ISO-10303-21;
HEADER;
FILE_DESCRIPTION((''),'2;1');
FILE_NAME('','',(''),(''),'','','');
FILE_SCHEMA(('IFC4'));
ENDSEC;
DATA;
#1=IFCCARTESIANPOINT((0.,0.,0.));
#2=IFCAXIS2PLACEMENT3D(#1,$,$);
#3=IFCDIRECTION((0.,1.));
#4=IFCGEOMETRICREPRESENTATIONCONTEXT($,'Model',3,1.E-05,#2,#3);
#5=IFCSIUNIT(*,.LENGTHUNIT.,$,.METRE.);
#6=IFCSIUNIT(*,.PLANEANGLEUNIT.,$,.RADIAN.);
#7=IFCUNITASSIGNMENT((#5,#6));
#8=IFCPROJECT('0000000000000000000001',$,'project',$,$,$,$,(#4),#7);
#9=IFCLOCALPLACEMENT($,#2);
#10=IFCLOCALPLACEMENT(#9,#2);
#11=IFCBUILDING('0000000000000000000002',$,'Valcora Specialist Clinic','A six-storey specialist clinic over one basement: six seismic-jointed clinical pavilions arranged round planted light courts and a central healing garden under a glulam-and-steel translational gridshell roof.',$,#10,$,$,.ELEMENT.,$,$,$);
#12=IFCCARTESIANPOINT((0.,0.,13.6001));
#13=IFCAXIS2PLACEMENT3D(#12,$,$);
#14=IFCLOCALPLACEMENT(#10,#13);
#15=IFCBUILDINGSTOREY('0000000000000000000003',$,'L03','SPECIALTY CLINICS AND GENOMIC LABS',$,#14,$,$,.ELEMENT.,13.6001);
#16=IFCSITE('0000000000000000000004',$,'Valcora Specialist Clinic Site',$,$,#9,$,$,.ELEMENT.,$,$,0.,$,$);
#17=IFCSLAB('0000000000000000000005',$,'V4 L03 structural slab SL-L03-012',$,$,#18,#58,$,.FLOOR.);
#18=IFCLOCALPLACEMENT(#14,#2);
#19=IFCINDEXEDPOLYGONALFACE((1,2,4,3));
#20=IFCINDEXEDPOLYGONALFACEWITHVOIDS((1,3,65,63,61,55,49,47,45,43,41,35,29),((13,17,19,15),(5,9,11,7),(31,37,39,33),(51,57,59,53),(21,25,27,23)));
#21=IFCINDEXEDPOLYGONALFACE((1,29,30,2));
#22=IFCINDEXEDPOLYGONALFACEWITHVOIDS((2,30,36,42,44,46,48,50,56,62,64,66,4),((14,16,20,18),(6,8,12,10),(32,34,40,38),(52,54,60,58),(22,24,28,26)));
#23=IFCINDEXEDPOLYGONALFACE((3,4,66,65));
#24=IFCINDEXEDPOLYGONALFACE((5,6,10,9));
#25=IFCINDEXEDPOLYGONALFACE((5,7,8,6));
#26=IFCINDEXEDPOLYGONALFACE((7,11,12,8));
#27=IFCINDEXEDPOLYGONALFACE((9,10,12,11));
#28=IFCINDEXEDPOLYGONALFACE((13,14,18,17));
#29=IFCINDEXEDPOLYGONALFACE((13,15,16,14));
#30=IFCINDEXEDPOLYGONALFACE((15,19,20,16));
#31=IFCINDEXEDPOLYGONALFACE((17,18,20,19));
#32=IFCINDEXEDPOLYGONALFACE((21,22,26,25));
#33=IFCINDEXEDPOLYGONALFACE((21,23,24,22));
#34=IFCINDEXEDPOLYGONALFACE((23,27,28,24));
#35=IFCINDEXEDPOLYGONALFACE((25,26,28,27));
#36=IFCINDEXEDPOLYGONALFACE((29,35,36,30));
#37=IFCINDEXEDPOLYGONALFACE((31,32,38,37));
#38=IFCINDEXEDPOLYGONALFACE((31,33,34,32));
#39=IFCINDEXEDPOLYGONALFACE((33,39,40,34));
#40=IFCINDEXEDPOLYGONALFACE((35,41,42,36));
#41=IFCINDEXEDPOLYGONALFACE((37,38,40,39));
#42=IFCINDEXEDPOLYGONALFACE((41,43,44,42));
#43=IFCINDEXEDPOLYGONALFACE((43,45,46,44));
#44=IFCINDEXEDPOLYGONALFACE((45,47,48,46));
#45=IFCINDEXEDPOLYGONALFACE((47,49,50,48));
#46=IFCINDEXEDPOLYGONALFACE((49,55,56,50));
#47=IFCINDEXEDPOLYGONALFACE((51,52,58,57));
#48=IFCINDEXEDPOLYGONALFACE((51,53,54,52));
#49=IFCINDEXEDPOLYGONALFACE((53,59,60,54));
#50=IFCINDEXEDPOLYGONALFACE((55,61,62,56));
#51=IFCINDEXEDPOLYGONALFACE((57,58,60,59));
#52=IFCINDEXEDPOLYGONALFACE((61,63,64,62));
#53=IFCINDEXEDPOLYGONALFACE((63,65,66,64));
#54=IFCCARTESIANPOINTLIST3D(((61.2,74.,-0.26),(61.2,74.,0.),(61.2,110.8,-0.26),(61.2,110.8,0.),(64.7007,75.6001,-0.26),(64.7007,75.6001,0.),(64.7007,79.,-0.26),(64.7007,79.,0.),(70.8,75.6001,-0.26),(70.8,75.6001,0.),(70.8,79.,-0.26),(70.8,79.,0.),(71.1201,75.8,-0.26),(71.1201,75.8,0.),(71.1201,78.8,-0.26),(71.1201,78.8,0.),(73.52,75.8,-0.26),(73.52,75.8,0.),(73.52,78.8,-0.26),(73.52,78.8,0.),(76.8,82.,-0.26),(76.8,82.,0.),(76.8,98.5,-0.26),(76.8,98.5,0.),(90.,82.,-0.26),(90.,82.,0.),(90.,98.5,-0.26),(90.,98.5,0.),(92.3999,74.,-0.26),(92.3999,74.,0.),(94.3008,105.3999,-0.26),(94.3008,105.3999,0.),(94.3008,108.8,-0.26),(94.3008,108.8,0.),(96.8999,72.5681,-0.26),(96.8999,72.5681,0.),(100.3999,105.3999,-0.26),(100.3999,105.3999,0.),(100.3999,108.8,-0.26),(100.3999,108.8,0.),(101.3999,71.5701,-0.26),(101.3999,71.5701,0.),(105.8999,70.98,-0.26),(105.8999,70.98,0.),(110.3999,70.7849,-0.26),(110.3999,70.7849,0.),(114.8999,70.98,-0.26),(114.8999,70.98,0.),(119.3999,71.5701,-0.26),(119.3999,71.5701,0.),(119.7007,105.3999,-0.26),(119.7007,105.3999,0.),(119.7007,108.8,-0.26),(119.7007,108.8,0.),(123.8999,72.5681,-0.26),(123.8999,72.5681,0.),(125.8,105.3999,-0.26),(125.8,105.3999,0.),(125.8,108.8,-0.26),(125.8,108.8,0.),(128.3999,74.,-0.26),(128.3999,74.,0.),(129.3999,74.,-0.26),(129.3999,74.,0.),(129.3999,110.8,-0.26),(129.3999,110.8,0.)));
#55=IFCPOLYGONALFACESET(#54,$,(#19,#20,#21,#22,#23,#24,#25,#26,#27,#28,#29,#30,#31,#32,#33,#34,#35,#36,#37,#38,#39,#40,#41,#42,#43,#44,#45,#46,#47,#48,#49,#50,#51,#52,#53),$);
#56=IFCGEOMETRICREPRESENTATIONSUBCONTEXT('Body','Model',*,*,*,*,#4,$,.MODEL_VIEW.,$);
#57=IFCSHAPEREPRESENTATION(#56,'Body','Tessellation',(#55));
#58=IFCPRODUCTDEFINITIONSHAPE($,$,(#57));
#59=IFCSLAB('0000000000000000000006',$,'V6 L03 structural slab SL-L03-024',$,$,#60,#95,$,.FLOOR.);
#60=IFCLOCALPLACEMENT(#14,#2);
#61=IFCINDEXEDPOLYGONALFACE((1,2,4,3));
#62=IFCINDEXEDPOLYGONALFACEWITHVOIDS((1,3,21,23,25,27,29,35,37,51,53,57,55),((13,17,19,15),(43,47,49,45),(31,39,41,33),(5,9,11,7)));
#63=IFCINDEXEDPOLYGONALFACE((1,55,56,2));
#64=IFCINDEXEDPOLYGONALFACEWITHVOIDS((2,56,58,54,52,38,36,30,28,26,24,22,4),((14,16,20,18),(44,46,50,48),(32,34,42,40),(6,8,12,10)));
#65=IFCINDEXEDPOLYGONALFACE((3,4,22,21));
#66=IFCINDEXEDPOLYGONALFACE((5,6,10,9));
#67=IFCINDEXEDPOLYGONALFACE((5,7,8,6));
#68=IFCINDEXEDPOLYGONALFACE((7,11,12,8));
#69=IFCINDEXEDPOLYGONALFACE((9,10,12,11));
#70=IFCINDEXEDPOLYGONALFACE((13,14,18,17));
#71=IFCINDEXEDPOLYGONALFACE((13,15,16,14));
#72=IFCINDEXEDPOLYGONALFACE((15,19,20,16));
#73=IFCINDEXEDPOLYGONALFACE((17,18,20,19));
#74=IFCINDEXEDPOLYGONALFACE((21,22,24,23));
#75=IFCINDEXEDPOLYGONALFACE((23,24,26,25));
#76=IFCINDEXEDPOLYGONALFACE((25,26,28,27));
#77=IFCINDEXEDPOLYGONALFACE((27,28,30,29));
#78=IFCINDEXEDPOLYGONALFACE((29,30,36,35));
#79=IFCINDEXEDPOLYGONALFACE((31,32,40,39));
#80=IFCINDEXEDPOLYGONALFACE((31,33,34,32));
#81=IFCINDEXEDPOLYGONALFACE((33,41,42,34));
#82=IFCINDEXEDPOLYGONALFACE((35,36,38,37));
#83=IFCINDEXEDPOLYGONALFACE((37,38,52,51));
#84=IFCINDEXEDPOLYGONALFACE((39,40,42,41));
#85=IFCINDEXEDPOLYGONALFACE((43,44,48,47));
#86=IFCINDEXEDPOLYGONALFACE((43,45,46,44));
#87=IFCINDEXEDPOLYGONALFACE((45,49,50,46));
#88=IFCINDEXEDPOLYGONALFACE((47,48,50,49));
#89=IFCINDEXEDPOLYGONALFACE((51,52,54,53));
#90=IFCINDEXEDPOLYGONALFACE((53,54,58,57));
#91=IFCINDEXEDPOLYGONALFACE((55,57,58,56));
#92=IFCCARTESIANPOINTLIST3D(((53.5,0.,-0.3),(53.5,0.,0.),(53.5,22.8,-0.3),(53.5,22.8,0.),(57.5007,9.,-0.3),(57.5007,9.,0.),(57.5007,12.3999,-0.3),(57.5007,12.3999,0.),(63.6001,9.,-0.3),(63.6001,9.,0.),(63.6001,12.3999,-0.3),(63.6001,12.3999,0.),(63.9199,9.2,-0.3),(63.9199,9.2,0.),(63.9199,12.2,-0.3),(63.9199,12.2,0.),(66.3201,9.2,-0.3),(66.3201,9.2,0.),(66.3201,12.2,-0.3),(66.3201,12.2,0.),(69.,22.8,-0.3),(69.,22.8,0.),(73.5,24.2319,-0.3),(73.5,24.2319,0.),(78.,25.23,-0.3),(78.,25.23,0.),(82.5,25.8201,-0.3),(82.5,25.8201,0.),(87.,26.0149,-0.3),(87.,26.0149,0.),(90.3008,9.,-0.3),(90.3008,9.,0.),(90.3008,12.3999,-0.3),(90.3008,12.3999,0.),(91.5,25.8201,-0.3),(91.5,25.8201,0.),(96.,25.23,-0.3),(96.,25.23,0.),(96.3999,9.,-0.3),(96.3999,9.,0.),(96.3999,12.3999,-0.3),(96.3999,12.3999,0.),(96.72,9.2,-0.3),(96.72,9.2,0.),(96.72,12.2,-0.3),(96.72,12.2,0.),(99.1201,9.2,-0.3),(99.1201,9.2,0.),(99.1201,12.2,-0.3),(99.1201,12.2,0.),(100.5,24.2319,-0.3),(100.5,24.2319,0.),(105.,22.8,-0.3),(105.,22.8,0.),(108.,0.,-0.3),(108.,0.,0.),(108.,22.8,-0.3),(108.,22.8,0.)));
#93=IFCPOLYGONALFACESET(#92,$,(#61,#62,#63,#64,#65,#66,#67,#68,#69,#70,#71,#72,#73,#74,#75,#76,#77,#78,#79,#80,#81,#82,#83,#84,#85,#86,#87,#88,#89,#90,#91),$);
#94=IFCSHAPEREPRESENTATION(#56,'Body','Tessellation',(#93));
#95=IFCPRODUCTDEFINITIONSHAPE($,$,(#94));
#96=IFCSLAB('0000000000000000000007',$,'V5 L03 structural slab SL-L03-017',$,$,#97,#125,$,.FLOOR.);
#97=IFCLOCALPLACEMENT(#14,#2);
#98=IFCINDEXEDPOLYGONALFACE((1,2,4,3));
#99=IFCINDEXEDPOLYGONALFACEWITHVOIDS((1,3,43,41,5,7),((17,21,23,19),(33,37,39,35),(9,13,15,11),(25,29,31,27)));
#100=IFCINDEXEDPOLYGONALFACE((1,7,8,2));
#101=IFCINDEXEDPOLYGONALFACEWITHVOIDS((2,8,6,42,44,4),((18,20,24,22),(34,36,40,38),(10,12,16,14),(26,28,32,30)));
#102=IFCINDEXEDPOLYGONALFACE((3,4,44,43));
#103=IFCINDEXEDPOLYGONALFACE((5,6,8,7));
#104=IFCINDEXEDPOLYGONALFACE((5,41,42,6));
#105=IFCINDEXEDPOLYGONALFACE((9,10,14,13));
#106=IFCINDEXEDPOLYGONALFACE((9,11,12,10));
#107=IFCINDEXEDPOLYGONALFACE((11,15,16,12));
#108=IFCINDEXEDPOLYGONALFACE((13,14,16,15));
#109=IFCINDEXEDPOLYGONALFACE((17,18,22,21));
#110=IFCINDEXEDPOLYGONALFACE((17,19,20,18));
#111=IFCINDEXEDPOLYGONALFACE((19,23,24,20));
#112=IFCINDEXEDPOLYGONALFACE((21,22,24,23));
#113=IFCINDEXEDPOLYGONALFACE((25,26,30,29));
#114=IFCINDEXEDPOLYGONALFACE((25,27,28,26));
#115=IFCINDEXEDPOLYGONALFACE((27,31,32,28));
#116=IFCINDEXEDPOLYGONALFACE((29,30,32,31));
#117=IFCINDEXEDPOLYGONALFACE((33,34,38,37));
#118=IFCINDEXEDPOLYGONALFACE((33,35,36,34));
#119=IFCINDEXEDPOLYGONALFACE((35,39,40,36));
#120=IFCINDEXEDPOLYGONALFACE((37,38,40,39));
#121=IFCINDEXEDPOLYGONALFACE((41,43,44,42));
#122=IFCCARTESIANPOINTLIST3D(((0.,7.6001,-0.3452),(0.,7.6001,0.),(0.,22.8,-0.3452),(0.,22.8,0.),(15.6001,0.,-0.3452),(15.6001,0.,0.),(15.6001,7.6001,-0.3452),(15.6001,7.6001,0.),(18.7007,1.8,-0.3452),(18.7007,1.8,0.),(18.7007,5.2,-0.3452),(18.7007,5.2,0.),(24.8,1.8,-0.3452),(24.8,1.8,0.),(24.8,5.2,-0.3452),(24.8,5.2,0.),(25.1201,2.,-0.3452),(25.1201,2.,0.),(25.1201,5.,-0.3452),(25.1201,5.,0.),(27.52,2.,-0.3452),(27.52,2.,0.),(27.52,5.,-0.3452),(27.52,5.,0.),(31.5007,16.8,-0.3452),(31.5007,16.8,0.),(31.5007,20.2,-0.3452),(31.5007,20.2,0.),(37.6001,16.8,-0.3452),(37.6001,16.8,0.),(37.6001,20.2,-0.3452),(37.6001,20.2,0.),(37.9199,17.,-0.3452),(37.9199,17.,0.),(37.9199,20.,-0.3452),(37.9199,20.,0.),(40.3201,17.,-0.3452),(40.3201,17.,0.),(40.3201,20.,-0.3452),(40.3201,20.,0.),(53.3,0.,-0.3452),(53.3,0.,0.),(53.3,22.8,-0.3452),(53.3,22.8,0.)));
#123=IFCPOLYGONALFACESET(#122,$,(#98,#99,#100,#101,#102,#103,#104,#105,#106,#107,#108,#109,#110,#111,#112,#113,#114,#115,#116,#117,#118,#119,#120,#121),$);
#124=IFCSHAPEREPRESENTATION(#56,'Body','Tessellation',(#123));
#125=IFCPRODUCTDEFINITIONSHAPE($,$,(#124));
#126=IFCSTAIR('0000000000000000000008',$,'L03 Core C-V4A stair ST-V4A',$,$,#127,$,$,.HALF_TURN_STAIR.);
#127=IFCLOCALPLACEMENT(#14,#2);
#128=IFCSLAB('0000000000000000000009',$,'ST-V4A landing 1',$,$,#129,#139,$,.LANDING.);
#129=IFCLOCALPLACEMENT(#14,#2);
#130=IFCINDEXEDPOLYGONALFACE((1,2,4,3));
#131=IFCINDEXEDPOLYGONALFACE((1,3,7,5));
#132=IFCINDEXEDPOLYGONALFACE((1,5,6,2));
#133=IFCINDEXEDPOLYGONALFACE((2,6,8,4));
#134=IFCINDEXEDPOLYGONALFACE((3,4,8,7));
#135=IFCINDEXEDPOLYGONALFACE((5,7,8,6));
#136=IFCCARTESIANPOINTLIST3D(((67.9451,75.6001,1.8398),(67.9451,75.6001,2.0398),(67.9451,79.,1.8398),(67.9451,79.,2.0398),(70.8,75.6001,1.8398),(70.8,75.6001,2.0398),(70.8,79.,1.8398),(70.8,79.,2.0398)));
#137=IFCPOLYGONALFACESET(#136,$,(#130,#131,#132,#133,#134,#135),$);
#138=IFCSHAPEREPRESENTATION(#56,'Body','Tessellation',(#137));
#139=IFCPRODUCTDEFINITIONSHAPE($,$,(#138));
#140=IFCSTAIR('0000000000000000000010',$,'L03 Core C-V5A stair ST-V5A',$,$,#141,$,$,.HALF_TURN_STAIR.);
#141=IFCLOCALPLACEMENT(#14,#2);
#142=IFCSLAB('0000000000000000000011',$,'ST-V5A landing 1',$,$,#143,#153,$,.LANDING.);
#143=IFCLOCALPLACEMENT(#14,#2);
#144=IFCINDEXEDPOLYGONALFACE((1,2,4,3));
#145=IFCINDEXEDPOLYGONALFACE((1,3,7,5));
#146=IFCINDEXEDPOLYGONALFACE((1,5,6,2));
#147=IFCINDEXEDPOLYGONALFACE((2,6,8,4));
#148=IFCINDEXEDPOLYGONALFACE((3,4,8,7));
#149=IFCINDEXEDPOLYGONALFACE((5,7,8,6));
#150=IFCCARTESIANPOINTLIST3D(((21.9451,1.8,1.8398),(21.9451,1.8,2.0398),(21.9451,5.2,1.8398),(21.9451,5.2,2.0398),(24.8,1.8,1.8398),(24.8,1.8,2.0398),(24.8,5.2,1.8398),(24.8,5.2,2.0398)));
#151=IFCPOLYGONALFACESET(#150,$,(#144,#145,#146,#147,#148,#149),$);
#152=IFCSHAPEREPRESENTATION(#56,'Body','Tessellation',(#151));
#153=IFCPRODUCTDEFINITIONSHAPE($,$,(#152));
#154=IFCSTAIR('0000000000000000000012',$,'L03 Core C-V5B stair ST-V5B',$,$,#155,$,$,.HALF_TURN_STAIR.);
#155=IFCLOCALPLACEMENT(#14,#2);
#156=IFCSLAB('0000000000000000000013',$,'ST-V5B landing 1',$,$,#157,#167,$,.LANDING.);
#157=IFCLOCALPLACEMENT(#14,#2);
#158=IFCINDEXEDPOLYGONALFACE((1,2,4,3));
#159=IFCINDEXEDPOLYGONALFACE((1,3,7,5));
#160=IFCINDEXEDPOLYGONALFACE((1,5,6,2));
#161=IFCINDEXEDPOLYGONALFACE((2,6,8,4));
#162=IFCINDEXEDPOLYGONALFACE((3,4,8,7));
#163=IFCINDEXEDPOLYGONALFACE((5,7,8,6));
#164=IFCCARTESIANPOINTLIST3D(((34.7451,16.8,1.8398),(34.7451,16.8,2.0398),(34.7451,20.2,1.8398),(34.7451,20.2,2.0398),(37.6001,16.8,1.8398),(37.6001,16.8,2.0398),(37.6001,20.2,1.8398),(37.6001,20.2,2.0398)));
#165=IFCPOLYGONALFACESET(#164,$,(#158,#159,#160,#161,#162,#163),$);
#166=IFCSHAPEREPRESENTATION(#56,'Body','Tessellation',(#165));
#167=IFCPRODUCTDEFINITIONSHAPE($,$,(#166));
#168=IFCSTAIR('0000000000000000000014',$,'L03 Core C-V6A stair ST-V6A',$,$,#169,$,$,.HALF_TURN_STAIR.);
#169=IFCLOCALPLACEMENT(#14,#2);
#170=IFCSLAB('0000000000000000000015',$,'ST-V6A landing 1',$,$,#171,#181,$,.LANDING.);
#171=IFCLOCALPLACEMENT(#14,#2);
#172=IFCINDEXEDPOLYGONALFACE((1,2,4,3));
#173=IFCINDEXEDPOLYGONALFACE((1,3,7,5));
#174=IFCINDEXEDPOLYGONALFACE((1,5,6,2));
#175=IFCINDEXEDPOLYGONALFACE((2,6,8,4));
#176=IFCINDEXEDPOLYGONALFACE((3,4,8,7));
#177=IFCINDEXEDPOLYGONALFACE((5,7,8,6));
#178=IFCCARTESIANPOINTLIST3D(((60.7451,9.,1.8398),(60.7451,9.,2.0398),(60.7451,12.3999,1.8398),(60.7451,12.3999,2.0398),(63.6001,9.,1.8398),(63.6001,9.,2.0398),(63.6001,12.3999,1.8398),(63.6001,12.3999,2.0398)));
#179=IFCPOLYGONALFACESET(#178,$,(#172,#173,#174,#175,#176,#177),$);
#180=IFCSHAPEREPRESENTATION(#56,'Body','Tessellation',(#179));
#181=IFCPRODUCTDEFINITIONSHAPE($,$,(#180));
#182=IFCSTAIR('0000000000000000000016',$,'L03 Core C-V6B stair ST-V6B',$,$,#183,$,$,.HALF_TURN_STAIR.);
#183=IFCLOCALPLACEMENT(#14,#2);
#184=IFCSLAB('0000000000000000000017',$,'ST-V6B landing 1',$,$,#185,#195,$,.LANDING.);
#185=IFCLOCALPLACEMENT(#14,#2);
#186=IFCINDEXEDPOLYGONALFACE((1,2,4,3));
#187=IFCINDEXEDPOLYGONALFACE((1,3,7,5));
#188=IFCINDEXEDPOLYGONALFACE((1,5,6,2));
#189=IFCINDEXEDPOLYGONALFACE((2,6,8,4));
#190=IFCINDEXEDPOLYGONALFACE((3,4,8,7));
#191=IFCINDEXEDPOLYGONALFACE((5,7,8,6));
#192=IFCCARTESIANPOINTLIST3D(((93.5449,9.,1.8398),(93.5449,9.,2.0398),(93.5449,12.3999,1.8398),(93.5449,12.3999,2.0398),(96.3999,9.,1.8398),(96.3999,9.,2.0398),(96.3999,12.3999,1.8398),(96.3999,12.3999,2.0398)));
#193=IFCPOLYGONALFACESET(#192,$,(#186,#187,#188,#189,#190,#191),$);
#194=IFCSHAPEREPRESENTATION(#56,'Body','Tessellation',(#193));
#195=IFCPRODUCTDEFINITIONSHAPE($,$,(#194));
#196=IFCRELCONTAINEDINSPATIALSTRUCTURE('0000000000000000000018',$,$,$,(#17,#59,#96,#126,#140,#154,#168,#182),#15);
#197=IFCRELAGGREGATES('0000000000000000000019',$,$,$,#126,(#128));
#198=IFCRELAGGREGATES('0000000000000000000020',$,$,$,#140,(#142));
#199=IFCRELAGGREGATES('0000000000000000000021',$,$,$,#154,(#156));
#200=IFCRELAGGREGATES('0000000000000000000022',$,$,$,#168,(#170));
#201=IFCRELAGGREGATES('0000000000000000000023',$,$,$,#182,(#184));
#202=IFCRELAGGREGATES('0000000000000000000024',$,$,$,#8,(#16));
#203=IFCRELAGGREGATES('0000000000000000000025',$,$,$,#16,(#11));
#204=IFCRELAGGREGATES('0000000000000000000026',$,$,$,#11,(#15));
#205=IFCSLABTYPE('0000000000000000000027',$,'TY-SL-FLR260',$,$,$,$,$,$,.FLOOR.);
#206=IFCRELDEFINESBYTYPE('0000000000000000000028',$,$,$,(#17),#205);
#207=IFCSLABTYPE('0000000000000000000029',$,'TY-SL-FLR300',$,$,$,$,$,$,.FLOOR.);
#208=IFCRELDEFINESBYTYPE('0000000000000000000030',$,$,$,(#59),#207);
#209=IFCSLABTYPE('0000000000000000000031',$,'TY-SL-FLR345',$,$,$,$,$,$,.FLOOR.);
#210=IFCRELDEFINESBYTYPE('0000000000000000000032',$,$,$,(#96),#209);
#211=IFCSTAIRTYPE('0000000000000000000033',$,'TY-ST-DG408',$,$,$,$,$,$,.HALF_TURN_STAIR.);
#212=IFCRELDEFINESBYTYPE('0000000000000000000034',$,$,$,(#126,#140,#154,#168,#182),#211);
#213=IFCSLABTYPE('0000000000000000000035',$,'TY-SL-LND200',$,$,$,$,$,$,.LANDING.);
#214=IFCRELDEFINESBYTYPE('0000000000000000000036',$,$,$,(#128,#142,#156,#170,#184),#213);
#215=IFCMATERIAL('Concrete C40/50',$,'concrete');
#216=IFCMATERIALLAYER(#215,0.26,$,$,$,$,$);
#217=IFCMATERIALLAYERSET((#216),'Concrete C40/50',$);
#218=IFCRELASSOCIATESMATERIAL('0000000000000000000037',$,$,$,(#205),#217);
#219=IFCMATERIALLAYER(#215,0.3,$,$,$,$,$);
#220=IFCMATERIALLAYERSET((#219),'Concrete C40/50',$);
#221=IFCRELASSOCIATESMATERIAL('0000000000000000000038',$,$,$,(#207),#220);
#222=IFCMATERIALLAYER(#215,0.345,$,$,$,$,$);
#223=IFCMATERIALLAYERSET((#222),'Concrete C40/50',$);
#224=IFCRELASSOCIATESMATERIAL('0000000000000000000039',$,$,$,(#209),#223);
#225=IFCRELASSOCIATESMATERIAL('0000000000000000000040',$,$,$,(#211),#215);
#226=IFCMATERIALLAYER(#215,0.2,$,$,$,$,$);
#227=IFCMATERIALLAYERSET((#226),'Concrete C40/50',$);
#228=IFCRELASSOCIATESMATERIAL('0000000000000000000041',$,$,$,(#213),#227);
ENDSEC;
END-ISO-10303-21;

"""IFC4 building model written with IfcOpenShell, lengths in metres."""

from ifc_helpers import new_model, si_unit, direction, frame, origin, place, context, subcontext, project, spatial, polyline, outline, extrude, material, layer, layer_set, type_object, element, aggregate, save


model = new_model("IFC4")

# Units and contexts
model_context = context("Model", 3, precision=1e-05, world=origin(), true_north=direction((0.0, 1.0)))
body_context = subcontext(model_context, "Body", "Model", "MODEL_VIEW")
ifc_project = project(units=[si_unit("LENGTHUNIT", "METRE"), si_unit("PLANEANGLEUNIT", "RADIAN")], contexts=[model_context])

# Site, building, storey
site_placement = place(None, origin())
site = spatial("IfcSite", under=ifc_project, at=site_placement, Name="Valcora Specialist Clinic Site", CompositionType="ELEMENT", RefElevation=0.0)
building_placement = place(site_placement, origin())
building = spatial("IfcBuilding", under=site, at=building_placement, Name="Valcora Specialist Clinic", Description="A six-storey specialist clinic over one basement: six seismic-jointed clinical pavilions arranged round planted light courts and a central healing garden under a glulam-and-steel translational gridshell roof.", CompositionType="ELEMENT")
storey_placement = place(building_placement, frame((0.0, 0.0, 13.6001)))
storey = spatial("IfcBuildingStorey", under=building, at=storey_placement, Name="L03", Description="SPECIALTY CLINICS AND GENOMIC LABS", CompositionType="ELEMENT", Elevation=13.6001)

# Slabs
ifc_material_1 = material(Name="Concrete C40/50", Category="concrete")
ifc_layer_1 = layer(ifc_material_1, 0.26)
ifc_layer_set_1 = layer_set([ifc_layer_1], Name="Concrete C40/50")
slab_type_1 = type_object("IfcSlabType", Name="TY-SL-FLR260", PredefinedType="FLOOR", material=ifc_layer_set_1)
slab_1_placement = place(storey_placement, frame((0.0, 0.0, -0.26)))
element("IfcSlab", 1, at=slab_1_placement, inside=storey, type_object=slab_type_1, Name="V4 L03 structural slab SL-L03-012", PredefinedType="FLOOR", context=body_context, shape_type="SweptSolid", body=[
    extrude(outline(polyline([(61.2, 74.0), (92.3999, 74.0), (96.8999, 72.5681), (101.3999, 71.5701), (105.8999, 70.98), (110.3999, 70.7849), (114.8999, 70.98), (119.3999, 71.5701), (123.8999, 72.5681), (128.3999, 74.0), (129.3999, 74.0), (129.3999, 110.8), (61.2, 110.8), (61.2, 74.0)]), holes=[polyline([(76.8, 82.0), (90.0, 82.0), (90.0, 98.5), (76.8, 98.5), (76.8, 82.0)]), polyline([(64.7007, 75.6001), (70.8, 75.6001), (70.8, 79.0), (64.7007, 79.0), (64.7007, 75.6001)]), polyline([(71.1201, 75.8), (73.52, 75.8), (73.52, 78.8), (71.1201, 78.8), (71.1201, 75.8)]), polyline([(94.3008, 105.3999), (100.3999, 105.3999), (100.3999, 108.8), (94.3008, 108.8), (94.3008, 105.3999)]), polyline([(119.7007, 105.3999), (125.8, 105.3999), (125.8, 108.8), (119.7007, 108.8), (119.7007, 105.3999)])]), origin(), (0.0, 0.0, 1.0), 0.26),
])
ifc_layer_2 = layer(ifc_material_1, 0.3)
ifc_layer_set_2 = layer_set([ifc_layer_2], Name="Concrete C40/50")
slab_type_2 = type_object("IfcSlabType", Name="TY-SL-FLR300", PredefinedType="FLOOR", material=ifc_layer_set_2)
slab_2_placement = place(storey_placement, frame((0.0, 0.0, -0.3)))
element("IfcSlab", 2, at=slab_2_placement, inside=storey, type_object=slab_type_2, Name="V6 L03 structural slab SL-L03-024", PredefinedType="FLOOR", context=body_context, shape_type="SweptSolid", body=[
    extrude(outline(polyline([(53.5, 0.0), (108.0, 0.0), (108.0, 22.8), (105.0, 22.8), (100.5, 24.2319), (96.0, 25.23), (91.5, 25.8201), (87.0, 26.0149), (82.5, 25.8201), (78.0, 25.23), (73.5, 24.2319), (69.0, 22.8), (53.5, 22.8), (53.5, 0.0)]), holes=[polyline([(57.5007, 9.0), (63.6001, 9.0), (63.6001, 12.3999), (57.5007, 12.3999), (57.5007, 9.0)]), polyline([(63.9199, 9.2), (66.3201, 9.2), (66.3201, 12.2), (63.9199, 12.2), (63.9199, 9.2)]), polyline([(90.3008, 9.0), (96.3999, 9.0), (96.3999, 12.3999), (90.3008, 12.3999), (90.3008, 9.0)]), polyline([(96.72, 9.2), (99.1201, 9.2), (99.1201, 12.2), (96.72, 12.2), (96.72, 9.2)])]), origin(), (0.0, 0.0, 1.0), 0.3),
])
ifc_layer_3 = layer(ifc_material_1, 0.345)
ifc_layer_set_3 = layer_set([ifc_layer_3], Name="Concrete C40/50")
slab_type_3 = type_object("IfcSlabType", Name="TY-SL-FLR345", PredefinedType="FLOOR", material=ifc_layer_set_3)
slab_3_placement = place(storey_placement, frame((0.0, 0.0, -0.3452)))
element("IfcSlab", 3, at=slab_3_placement, inside=storey, type_object=slab_type_3, Name="V5 L03 structural slab SL-L03-017", PredefinedType="FLOOR", context=body_context, shape_type="SweptSolid", body=[
    extrude(outline(polyline([(15.6001, 0.0), (53.3, 0.0), (53.3, 22.8), (0.0, 22.8), (0.0, 7.6001), (15.6001, 7.6001), (15.6001, 0.0)]), holes=[polyline([(18.7007, 1.8), (24.8, 1.8), (24.8, 5.2), (18.7007, 5.2), (18.7007, 1.8)]), polyline([(25.1201, 2.0), (27.52, 2.0), (27.52, 5.0), (25.1201, 5.0), (25.1201, 2.0)]), polyline([(31.5007, 16.8), (37.6001, 16.8), (37.6001, 20.2), (31.5007, 20.2), (31.5007, 16.8)]), polyline([(37.9199, 17.0), (40.3201, 17.0), (40.3201, 20.0), (37.9199, 20.0), (37.9199, 17.0)])]), origin(), (0.0, 0.0, 1.0), 0.3452),
])

# Stairs, slabs
stair_type = type_object("IfcStairType", Name="TY-ST-DG408", PredefinedType="HALF_TURN_STAIR", material=ifc_material_1)
stair_1_placement = place(storey_placement, origin())
stair_1 = element("IfcStair", 4, at=stair_1_placement, inside=storey, type_object=stair_type, Name="L03 Core C-V4A stair ST-V4A", PredefinedType="HALF_TURN_STAIR")
ifc_layer_4 = layer(ifc_material_1, 0.2)
ifc_layer_set_4 = layer_set([ifc_layer_4], Name="Concrete C40/50")
slab_type_4 = type_object("IfcSlabType", Name="TY-SL-LND200", PredefinedType="LANDING", material=ifc_layer_set_4)
slab_4_placement = place(storey_placement, frame((0.0, 0.0, 1.8398)))
slab_4 = element("IfcSlab", 5, at=slab_4_placement, type_object=slab_type_4, Name="ST-V4A landing 1", PredefinedType="LANDING", context=body_context, shape_type="SweptSolid", body=[
    extrude(outline(polyline([(67.9451, 75.6001), (70.8, 75.6001), (70.8, 79.0), (67.9451, 79.0), (67.9451, 75.6001)])), origin(), (0.0, 0.0, 1.0), 0.2),
])
aggregate(stair_1, [slab_4])
stair_2_placement = place(storey_placement, origin())
stair_2 = element("IfcStair", 6, at=stair_2_placement, inside=storey, type_object=stair_type, Name="L03 Core C-V5A stair ST-V5A", PredefinedType="HALF_TURN_STAIR")
slab_5_placement = place(storey_placement, frame((0.0, 0.0, 1.8398)))
slab_5 = element("IfcSlab", 7, at=slab_5_placement, type_object=slab_type_4, Name="ST-V5A landing 1", PredefinedType="LANDING", context=body_context, shape_type="SweptSolid", body=[
    extrude(outline(polyline([(21.9451, 1.8), (24.8, 1.8), (24.8, 5.2), (21.9451, 5.2), (21.9451, 1.8)])), origin(), (0.0, 0.0, 1.0), 0.2),
])
aggregate(stair_2, [slab_5])
stair_3_placement = place(storey_placement, origin())
stair_3 = element("IfcStair", 8, at=stair_3_placement, inside=storey, type_object=stair_type, Name="L03 Core C-V5B stair ST-V5B", PredefinedType="HALF_TURN_STAIR")
slab_6_placement = place(storey_placement, frame((0.0, 0.0, 1.8398)))
slab_6 = element("IfcSlab", 9, at=slab_6_placement, type_object=slab_type_4, Name="ST-V5B landing 1", PredefinedType="LANDING", context=body_context, shape_type="SweptSolid", body=[
    extrude(outline(polyline([(34.7451, 16.8), (37.6001, 16.8), (37.6001, 20.2), (34.7451, 20.2), (34.7451, 16.8)])), origin(), (0.0, 0.0, 1.0), 0.2),
])
aggregate(stair_3, [slab_6])
stair_4_placement = place(storey_placement, origin())
stair_4 = element("IfcStair", 10, at=stair_4_placement, inside=storey, type_object=stair_type, Name="L03 Core C-V6A stair ST-V6A", PredefinedType="HALF_TURN_STAIR")
slab_7_placement = place(storey_placement, frame((0.0, 0.0, 1.8398)))
slab_7 = element("IfcSlab", 11, at=slab_7_placement, type_object=slab_type_4, Name="ST-V6A landing 1", PredefinedType="LANDING", context=body_context, shape_type="SweptSolid", body=[
    extrude(outline(polyline([(60.7451, 9.0), (63.6001, 9.0), (63.6001, 12.3999), (60.7451, 12.3999), (60.7451, 9.0)])), origin(), (0.0, 0.0, 1.0), 0.2),
])
aggregate(stair_4, [slab_7])
stair_5_placement = place(storey_placement, origin())
stair_5 = element("IfcStair", 12, at=stair_5_placement, inside=storey, type_object=stair_type, Name="L03 Core C-V6B stair ST-V6B", PredefinedType="HALF_TURN_STAIR")
slab_8_placement = place(storey_placement, frame((0.0, 0.0, 1.8398)))
slab_8 = element("IfcSlab", 13, at=slab_8_placement, type_object=slab_type_4, Name="ST-V6B landing 1", PredefinedType="LANDING", context=body_context, shape_type="SweptSolid", body=[
    extrude(outline(polyline([(93.5449, 9.0), (96.3999, 9.0), (96.3999, 12.3999), (93.5449, 12.3999), (93.5449, 9.0)])), origin(), (0.0, 0.0, 1.0), 0.2),
])
aggregate(stair_5, [slab_8])

save(model, "model.ifc")
